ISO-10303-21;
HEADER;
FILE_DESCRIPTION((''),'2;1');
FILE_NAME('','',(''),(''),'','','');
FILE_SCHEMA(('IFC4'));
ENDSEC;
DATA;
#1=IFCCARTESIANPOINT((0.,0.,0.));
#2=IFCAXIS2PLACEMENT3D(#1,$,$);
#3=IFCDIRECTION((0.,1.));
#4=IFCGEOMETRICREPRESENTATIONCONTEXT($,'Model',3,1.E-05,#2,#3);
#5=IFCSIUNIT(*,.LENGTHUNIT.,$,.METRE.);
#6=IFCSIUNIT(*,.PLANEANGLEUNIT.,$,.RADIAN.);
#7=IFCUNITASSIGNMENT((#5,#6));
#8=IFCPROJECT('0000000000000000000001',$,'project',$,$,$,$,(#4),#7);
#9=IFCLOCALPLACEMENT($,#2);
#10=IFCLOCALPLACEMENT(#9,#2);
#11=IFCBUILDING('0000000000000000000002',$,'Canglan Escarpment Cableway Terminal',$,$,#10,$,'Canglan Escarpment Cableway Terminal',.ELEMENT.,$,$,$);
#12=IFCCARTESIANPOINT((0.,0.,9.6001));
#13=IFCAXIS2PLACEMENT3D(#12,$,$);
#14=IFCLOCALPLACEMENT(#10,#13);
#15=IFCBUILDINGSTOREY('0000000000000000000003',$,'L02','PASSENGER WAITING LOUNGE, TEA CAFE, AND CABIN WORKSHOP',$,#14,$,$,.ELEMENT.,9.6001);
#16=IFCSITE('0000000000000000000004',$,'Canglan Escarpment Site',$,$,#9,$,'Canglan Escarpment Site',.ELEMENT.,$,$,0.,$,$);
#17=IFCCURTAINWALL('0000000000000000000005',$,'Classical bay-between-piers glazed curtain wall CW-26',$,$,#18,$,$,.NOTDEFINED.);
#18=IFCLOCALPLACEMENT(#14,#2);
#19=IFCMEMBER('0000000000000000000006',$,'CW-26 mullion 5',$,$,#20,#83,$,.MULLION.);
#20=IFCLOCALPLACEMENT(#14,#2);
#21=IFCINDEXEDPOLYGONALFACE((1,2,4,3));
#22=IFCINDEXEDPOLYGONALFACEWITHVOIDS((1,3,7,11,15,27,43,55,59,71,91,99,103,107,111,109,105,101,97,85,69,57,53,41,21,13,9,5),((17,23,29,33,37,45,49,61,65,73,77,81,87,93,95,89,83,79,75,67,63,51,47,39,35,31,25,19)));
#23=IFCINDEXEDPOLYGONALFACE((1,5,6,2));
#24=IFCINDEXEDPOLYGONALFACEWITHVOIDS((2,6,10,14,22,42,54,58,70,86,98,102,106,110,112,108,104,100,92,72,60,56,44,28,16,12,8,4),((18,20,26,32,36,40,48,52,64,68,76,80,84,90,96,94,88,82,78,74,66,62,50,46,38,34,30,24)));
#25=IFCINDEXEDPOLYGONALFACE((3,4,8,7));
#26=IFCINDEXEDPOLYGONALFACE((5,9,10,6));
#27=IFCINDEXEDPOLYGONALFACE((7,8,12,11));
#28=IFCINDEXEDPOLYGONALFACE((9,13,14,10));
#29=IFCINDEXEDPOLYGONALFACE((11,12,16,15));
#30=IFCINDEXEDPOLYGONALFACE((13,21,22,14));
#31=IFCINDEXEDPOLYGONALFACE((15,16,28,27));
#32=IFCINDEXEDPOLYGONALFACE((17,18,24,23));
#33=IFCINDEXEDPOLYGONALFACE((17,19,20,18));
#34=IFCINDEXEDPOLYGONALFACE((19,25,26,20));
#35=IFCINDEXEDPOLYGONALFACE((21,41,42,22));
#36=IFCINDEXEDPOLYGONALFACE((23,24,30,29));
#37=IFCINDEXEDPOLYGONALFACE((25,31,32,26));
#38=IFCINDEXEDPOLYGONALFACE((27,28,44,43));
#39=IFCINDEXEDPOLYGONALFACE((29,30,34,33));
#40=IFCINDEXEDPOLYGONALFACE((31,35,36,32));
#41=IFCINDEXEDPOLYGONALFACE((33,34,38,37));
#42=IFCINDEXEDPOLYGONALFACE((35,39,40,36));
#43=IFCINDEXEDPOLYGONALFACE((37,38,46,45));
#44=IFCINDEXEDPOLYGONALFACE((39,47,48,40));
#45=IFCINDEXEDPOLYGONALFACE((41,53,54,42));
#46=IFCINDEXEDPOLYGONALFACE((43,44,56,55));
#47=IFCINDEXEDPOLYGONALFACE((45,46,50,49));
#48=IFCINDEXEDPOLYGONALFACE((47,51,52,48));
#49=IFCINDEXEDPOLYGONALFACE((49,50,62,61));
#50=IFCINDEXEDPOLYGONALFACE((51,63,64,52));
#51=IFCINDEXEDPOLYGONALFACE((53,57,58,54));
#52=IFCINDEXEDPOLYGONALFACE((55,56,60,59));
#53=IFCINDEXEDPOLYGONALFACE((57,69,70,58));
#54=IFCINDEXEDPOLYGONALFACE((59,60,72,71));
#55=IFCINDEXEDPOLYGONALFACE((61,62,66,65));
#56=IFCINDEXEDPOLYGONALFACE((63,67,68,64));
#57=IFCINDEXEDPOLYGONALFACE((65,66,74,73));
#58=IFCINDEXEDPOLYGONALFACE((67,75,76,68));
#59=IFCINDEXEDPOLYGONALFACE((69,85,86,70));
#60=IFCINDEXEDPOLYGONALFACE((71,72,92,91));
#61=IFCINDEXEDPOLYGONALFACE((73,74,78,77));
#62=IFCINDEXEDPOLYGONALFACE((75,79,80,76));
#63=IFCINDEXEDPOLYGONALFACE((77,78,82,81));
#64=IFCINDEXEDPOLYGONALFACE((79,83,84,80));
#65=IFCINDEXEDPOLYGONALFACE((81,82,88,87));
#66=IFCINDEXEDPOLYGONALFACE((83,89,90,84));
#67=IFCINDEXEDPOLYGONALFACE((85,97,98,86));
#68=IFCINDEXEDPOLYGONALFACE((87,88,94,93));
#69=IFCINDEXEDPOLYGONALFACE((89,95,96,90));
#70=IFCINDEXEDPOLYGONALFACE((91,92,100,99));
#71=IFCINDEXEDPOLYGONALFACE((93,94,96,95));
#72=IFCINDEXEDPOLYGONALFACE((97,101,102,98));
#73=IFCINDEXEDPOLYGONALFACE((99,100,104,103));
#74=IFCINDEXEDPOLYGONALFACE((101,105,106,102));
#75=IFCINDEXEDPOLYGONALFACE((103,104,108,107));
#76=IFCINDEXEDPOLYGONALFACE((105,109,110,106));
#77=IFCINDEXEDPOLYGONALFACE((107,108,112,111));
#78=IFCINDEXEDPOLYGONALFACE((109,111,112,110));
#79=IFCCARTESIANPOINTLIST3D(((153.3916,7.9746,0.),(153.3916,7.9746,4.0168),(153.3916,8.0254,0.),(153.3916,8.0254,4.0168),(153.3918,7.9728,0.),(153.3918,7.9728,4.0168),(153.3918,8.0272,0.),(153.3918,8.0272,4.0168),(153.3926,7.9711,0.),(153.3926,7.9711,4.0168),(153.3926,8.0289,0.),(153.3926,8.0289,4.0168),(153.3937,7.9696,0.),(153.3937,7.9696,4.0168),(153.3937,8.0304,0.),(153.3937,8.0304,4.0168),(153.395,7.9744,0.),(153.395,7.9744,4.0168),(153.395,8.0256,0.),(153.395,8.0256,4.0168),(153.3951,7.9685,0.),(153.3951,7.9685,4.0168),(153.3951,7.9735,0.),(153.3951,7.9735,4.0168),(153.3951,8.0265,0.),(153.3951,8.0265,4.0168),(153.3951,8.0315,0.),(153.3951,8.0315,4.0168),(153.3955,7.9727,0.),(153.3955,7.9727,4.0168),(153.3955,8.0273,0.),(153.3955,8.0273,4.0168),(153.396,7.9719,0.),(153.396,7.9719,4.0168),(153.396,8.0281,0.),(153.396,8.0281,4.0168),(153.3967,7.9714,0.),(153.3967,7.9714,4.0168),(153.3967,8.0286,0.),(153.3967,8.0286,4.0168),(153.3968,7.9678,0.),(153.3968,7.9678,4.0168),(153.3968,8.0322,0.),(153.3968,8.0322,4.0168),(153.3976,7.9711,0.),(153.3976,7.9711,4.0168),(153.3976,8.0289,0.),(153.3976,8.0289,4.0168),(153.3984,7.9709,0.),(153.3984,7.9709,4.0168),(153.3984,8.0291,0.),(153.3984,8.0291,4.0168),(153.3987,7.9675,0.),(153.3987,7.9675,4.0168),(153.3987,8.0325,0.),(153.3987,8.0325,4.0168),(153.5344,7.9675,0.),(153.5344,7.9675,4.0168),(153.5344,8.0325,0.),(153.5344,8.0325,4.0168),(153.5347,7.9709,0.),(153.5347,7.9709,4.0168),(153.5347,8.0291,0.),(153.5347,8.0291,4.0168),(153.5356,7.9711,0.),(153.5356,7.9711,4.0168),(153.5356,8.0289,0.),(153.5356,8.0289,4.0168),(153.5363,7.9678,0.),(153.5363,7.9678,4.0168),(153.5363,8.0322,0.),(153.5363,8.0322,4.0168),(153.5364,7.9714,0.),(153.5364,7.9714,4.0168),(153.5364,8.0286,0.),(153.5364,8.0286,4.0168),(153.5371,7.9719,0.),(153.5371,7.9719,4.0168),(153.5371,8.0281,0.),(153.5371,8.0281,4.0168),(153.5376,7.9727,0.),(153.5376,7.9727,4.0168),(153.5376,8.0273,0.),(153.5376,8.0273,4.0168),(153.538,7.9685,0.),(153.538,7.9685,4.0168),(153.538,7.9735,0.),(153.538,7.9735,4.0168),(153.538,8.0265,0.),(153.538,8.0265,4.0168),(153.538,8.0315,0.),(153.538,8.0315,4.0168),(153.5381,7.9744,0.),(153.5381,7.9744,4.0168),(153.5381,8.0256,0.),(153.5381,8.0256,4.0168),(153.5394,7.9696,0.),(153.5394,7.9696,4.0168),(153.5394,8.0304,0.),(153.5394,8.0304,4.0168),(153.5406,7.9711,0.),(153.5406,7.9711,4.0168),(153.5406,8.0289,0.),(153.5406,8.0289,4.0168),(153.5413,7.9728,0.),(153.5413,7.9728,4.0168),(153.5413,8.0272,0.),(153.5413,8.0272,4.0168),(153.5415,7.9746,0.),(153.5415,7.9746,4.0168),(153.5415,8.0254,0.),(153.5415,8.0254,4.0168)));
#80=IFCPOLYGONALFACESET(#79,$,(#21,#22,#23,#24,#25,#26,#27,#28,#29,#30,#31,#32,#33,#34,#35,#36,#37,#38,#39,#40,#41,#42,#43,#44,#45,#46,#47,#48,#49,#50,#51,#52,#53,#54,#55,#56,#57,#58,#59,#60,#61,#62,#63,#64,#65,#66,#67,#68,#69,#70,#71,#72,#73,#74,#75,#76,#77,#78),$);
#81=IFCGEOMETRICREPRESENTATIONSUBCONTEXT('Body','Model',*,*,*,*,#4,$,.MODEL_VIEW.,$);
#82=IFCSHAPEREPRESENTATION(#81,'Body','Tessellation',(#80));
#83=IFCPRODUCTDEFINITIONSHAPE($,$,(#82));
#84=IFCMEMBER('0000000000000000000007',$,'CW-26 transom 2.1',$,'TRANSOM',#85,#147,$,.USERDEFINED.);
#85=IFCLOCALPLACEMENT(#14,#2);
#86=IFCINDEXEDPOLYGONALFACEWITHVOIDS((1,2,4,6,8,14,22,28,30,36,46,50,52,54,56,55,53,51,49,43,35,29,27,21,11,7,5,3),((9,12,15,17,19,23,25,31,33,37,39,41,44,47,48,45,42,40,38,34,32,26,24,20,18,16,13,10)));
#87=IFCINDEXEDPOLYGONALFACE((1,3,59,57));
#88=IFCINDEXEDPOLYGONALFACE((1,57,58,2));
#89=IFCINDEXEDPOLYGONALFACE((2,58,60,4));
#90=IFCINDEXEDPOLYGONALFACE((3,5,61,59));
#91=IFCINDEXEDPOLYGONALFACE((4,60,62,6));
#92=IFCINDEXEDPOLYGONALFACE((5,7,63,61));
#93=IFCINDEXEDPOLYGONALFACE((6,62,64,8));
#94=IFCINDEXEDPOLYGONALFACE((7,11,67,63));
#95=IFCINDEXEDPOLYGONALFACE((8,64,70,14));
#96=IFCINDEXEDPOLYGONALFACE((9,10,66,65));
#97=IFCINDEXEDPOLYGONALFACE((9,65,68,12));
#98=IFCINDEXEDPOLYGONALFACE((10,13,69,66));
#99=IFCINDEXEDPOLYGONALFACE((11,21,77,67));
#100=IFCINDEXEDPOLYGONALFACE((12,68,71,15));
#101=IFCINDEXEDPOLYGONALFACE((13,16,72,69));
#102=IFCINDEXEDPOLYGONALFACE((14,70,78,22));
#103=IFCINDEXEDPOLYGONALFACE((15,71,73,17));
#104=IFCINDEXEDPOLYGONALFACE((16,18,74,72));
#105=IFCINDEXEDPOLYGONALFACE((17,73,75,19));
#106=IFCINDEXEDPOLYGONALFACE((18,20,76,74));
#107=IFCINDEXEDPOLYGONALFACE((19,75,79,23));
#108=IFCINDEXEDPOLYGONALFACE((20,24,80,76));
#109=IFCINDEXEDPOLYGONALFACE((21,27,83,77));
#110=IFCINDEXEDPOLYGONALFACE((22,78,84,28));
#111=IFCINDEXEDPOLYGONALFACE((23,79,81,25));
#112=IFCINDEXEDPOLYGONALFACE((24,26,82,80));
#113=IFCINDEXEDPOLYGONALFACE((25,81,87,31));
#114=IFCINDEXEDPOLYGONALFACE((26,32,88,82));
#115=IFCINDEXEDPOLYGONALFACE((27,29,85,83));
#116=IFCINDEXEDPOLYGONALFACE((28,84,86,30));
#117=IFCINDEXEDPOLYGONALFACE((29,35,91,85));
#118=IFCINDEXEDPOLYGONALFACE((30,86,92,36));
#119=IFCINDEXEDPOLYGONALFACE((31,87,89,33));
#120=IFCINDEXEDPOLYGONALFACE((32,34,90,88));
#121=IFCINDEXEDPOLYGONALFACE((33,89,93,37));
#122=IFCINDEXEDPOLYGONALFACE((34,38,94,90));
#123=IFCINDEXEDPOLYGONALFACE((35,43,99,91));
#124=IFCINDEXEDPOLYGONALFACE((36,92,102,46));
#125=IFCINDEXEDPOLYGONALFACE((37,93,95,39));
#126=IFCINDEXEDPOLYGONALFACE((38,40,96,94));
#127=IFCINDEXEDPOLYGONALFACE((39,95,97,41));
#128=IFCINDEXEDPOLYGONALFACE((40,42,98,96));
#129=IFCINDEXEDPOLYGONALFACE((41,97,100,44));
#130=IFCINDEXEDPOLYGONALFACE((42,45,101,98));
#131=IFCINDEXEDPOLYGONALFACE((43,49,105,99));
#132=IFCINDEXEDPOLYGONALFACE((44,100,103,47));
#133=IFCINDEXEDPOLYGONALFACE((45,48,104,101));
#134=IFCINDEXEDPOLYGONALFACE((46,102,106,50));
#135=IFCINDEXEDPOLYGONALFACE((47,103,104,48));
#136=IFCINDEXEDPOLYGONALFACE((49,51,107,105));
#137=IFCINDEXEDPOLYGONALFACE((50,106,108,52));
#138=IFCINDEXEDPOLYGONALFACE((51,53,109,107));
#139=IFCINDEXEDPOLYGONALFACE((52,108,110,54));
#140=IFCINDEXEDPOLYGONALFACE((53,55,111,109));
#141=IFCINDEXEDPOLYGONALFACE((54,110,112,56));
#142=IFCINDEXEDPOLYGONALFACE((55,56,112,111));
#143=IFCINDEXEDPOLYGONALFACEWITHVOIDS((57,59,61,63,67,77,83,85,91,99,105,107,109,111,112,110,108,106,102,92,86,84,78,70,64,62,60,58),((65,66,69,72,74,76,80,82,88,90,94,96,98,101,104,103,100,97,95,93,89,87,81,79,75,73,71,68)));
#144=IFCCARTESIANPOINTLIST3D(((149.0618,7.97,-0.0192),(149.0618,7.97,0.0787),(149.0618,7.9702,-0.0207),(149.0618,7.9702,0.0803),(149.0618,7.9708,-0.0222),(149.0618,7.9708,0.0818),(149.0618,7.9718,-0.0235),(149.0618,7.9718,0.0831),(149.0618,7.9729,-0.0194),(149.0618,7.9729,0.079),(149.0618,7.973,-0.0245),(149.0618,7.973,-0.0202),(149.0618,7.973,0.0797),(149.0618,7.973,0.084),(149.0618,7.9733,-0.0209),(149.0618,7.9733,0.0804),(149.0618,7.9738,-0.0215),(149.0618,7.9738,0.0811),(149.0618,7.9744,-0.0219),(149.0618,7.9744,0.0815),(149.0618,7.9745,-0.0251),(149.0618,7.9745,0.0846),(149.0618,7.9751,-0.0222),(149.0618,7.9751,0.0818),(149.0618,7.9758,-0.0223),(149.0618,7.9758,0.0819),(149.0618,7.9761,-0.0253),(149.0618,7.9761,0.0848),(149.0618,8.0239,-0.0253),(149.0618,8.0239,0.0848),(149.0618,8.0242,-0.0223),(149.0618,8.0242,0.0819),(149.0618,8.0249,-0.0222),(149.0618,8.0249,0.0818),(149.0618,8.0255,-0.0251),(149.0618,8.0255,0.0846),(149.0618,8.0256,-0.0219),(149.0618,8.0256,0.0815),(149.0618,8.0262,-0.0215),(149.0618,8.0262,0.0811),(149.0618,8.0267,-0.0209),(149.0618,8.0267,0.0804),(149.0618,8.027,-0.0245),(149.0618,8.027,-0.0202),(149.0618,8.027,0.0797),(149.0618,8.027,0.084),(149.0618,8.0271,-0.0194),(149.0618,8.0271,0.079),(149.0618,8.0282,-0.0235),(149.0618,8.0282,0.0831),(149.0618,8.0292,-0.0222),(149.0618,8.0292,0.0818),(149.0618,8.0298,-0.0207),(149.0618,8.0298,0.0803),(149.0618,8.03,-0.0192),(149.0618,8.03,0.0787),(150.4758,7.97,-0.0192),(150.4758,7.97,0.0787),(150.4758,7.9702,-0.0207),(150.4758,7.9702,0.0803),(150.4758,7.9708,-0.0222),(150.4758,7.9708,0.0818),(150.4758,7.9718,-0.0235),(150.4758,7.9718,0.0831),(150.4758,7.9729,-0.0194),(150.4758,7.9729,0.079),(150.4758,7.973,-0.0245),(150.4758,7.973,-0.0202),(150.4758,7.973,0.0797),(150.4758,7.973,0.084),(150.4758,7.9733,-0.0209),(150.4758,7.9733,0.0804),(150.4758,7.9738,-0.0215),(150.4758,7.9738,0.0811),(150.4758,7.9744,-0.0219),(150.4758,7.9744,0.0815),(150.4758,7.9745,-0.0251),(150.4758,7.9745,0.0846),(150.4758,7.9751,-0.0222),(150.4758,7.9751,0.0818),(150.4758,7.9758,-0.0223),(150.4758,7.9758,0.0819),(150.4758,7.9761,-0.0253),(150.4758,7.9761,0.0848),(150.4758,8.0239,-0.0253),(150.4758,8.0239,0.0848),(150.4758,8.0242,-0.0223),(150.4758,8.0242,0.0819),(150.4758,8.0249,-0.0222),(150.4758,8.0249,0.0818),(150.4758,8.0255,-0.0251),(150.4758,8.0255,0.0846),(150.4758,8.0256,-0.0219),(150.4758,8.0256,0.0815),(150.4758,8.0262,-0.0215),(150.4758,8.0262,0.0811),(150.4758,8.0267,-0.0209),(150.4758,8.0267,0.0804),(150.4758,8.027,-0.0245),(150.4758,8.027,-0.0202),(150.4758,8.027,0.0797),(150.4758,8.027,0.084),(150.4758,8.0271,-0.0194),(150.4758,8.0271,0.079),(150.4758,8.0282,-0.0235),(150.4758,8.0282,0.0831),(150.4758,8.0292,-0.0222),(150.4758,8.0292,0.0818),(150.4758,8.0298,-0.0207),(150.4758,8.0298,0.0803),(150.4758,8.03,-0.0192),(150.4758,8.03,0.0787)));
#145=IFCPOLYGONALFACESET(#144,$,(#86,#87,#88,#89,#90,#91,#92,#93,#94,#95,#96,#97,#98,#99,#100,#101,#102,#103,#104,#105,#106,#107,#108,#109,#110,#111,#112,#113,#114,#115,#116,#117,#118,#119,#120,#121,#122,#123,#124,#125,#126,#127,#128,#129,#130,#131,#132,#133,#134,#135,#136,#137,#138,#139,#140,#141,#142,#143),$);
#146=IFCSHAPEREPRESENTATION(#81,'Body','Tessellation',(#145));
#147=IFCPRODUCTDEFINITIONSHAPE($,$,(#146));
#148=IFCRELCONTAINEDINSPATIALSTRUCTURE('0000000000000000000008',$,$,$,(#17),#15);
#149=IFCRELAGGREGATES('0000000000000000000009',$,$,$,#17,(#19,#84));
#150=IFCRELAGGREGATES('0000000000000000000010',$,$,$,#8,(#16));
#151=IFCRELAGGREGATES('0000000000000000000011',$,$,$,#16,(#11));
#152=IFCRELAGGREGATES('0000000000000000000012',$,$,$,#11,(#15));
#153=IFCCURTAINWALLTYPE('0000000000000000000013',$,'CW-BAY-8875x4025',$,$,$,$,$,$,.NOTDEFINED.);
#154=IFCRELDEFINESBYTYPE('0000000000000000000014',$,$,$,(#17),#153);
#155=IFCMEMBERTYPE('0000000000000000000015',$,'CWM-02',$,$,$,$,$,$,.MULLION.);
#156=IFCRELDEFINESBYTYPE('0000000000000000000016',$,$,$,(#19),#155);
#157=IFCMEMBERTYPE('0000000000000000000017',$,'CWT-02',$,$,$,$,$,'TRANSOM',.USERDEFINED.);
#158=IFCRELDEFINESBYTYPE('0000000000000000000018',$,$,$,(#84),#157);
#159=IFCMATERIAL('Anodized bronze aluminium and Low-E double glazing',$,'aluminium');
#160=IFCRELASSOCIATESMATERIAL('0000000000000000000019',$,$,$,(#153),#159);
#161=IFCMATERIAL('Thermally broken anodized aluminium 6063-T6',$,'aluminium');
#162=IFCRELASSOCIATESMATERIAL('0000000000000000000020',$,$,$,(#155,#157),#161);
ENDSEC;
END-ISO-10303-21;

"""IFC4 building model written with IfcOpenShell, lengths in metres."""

from ifc_helpers import new_model, si_unit, direction, frame, origin, origin_2d, place, context, subcontext, project, spatial, hollow_rectangle, extrude, material, material_profile, profile_set, type_object, element, aggregate, save


model = new_model("IFC4")

# Units and contexts
model_context = context("Model", 3, precision=1e-05, world=origin(), true_north=direction((0.0, 1.0)))
body_context = subcontext(model_context, "Body", "Model", "MODEL_VIEW")
ifc_project = project(units=[si_unit("LENGTHUNIT", "METRE"), si_unit("PLANEANGLEUNIT", "RADIAN")], contexts=[model_context])

# Site, building, storey
site_placement = place(None, origin())
site = spatial("IfcSite", under=ifc_project, at=site_placement, Name="Canglan Escarpment Site", LongName="Canglan Escarpment Site", CompositionType="ELEMENT", RefElevation=0.0)
building_placement = place(site_placement, origin())
building = spatial("IfcBuilding", under=site, at=building_placement, Name="Canglan Escarpment Cableway Terminal", LongName="Canglan Escarpment Cableway Terminal", CompositionType="ELEMENT")
storey_placement = place(building_placement, frame((0.0, 0.0, 9.6001)))
storey = spatial("IfcBuildingStorey", under=building, at=storey_placement, Name="L02", Description="PASSENGER WAITING LOUNGE, TEA CAFE, AND CABIN WORKSHOP", CompositionType="ELEMENT", Elevation=9.6001)

# Curtain wall, members
ifc_material_1 = material(Name="Anodized bronze aluminium and Low-E double glazing", Category="aluminium")
curtain_wall_type = type_object("IfcCurtainWallType", Name="CW-BAY-8875x4025", PredefinedType="NOTDEFINED", material=ifc_material_1)
curtain_wall_placement = place(storey_placement, origin())
curtain_wall = element("IfcCurtainWall", 1, at=curtain_wall_placement, inside=storey, type_object=curtain_wall_type, Name="Classical bay-between-piers glazed curtain wall CW-26", PredefinedType="NOTDEFINED")
ifc_material_2 = material(Name="Thermally broken anodized aluminium 6063-T6", Category="aluminium")
ifc_material_profile_1 = material_profile(ifc_material_2, hollow_rectangle(XDim=0.0649, YDim=0.1499, WallThickness=0.0034, InnerFilletRadius=0.0034, OuterFilletRadius=0.0071, at=origin_2d()), Name="ALU-MULL 65x150x3.5")
ifc_profile_set_1 = profile_set([ifc_material_profile_1], Name="Thermally broken anodized aluminium 6063-T6")
member_type_1 = type_object("IfcMemberType", Name="CWM-02", PredefinedType="MULLION", material=ifc_profile_set_1)
member_1_placement = place(storey_placement, frame((153.4666, 8.0, 0.0), z_axis=(0.0, 0.0, 1.0), x_axis=(0.0, 1.0, 0.0)))
member_1 = element("IfcMember", 2, at=member_1_placement, type_object=member_type_1, Name="CW-26 mullion 5", PredefinedType="MULLION", context=body_context, shape_type="SweptSolid", body=[
    extrude(hollow_rectangle(XDim=0.0649, YDim=0.1499, WallThickness=0.0034, InnerFilletRadius=0.0034, OuterFilletRadius=0.0071, at=origin_2d()), origin(), (0.0, 0.0, 1.0), 4.0168),
])
ifc_material_profile_2 = material_profile(ifc_material_2, hollow_rectangle(XDim=0.0601, YDim=0.1101, WallThickness=0.0029, InnerFilletRadius=0.0029, OuterFilletRadius=0.0061, at=origin_2d()), Name="ALU-TRAN 60x110x3")
ifc_profile_set_2 = profile_set([ifc_material_profile_2], Name="Thermally broken anodized aluminium 6063-T6")
member_type_2 = type_object("IfcMemberType", Name="CWT-02", ElementType="TRANSOM", PredefinedType="USERDEFINED", material=ifc_profile_set_2)
member_2_placement = place(storey_placement, frame((149.0618, 8.0, 0.0298), z_axis=(1.0, 0.0, 0.0), x_axis=(0.0, 1.0, 0.0)))
member_2 = element("IfcMember", 3, at=member_2_placement, type_object=member_type_2, Name="CW-26 transom 2.1", ObjectType="TRANSOM", PredefinedType="USERDEFINED", context=body_context, shape_type="SweptSolid", body=[
    extrude(hollow_rectangle(XDim=0.0601, YDim=0.1101, WallThickness=0.0029, InnerFilletRadius=0.0029, OuterFilletRadius=0.0061, at=origin_2d()), origin(), (0.0, 0.0, 1.0), 1.4141),
])
aggregate(curtain_wall, [member_1, member_2])

save(model, "model.ifc")
